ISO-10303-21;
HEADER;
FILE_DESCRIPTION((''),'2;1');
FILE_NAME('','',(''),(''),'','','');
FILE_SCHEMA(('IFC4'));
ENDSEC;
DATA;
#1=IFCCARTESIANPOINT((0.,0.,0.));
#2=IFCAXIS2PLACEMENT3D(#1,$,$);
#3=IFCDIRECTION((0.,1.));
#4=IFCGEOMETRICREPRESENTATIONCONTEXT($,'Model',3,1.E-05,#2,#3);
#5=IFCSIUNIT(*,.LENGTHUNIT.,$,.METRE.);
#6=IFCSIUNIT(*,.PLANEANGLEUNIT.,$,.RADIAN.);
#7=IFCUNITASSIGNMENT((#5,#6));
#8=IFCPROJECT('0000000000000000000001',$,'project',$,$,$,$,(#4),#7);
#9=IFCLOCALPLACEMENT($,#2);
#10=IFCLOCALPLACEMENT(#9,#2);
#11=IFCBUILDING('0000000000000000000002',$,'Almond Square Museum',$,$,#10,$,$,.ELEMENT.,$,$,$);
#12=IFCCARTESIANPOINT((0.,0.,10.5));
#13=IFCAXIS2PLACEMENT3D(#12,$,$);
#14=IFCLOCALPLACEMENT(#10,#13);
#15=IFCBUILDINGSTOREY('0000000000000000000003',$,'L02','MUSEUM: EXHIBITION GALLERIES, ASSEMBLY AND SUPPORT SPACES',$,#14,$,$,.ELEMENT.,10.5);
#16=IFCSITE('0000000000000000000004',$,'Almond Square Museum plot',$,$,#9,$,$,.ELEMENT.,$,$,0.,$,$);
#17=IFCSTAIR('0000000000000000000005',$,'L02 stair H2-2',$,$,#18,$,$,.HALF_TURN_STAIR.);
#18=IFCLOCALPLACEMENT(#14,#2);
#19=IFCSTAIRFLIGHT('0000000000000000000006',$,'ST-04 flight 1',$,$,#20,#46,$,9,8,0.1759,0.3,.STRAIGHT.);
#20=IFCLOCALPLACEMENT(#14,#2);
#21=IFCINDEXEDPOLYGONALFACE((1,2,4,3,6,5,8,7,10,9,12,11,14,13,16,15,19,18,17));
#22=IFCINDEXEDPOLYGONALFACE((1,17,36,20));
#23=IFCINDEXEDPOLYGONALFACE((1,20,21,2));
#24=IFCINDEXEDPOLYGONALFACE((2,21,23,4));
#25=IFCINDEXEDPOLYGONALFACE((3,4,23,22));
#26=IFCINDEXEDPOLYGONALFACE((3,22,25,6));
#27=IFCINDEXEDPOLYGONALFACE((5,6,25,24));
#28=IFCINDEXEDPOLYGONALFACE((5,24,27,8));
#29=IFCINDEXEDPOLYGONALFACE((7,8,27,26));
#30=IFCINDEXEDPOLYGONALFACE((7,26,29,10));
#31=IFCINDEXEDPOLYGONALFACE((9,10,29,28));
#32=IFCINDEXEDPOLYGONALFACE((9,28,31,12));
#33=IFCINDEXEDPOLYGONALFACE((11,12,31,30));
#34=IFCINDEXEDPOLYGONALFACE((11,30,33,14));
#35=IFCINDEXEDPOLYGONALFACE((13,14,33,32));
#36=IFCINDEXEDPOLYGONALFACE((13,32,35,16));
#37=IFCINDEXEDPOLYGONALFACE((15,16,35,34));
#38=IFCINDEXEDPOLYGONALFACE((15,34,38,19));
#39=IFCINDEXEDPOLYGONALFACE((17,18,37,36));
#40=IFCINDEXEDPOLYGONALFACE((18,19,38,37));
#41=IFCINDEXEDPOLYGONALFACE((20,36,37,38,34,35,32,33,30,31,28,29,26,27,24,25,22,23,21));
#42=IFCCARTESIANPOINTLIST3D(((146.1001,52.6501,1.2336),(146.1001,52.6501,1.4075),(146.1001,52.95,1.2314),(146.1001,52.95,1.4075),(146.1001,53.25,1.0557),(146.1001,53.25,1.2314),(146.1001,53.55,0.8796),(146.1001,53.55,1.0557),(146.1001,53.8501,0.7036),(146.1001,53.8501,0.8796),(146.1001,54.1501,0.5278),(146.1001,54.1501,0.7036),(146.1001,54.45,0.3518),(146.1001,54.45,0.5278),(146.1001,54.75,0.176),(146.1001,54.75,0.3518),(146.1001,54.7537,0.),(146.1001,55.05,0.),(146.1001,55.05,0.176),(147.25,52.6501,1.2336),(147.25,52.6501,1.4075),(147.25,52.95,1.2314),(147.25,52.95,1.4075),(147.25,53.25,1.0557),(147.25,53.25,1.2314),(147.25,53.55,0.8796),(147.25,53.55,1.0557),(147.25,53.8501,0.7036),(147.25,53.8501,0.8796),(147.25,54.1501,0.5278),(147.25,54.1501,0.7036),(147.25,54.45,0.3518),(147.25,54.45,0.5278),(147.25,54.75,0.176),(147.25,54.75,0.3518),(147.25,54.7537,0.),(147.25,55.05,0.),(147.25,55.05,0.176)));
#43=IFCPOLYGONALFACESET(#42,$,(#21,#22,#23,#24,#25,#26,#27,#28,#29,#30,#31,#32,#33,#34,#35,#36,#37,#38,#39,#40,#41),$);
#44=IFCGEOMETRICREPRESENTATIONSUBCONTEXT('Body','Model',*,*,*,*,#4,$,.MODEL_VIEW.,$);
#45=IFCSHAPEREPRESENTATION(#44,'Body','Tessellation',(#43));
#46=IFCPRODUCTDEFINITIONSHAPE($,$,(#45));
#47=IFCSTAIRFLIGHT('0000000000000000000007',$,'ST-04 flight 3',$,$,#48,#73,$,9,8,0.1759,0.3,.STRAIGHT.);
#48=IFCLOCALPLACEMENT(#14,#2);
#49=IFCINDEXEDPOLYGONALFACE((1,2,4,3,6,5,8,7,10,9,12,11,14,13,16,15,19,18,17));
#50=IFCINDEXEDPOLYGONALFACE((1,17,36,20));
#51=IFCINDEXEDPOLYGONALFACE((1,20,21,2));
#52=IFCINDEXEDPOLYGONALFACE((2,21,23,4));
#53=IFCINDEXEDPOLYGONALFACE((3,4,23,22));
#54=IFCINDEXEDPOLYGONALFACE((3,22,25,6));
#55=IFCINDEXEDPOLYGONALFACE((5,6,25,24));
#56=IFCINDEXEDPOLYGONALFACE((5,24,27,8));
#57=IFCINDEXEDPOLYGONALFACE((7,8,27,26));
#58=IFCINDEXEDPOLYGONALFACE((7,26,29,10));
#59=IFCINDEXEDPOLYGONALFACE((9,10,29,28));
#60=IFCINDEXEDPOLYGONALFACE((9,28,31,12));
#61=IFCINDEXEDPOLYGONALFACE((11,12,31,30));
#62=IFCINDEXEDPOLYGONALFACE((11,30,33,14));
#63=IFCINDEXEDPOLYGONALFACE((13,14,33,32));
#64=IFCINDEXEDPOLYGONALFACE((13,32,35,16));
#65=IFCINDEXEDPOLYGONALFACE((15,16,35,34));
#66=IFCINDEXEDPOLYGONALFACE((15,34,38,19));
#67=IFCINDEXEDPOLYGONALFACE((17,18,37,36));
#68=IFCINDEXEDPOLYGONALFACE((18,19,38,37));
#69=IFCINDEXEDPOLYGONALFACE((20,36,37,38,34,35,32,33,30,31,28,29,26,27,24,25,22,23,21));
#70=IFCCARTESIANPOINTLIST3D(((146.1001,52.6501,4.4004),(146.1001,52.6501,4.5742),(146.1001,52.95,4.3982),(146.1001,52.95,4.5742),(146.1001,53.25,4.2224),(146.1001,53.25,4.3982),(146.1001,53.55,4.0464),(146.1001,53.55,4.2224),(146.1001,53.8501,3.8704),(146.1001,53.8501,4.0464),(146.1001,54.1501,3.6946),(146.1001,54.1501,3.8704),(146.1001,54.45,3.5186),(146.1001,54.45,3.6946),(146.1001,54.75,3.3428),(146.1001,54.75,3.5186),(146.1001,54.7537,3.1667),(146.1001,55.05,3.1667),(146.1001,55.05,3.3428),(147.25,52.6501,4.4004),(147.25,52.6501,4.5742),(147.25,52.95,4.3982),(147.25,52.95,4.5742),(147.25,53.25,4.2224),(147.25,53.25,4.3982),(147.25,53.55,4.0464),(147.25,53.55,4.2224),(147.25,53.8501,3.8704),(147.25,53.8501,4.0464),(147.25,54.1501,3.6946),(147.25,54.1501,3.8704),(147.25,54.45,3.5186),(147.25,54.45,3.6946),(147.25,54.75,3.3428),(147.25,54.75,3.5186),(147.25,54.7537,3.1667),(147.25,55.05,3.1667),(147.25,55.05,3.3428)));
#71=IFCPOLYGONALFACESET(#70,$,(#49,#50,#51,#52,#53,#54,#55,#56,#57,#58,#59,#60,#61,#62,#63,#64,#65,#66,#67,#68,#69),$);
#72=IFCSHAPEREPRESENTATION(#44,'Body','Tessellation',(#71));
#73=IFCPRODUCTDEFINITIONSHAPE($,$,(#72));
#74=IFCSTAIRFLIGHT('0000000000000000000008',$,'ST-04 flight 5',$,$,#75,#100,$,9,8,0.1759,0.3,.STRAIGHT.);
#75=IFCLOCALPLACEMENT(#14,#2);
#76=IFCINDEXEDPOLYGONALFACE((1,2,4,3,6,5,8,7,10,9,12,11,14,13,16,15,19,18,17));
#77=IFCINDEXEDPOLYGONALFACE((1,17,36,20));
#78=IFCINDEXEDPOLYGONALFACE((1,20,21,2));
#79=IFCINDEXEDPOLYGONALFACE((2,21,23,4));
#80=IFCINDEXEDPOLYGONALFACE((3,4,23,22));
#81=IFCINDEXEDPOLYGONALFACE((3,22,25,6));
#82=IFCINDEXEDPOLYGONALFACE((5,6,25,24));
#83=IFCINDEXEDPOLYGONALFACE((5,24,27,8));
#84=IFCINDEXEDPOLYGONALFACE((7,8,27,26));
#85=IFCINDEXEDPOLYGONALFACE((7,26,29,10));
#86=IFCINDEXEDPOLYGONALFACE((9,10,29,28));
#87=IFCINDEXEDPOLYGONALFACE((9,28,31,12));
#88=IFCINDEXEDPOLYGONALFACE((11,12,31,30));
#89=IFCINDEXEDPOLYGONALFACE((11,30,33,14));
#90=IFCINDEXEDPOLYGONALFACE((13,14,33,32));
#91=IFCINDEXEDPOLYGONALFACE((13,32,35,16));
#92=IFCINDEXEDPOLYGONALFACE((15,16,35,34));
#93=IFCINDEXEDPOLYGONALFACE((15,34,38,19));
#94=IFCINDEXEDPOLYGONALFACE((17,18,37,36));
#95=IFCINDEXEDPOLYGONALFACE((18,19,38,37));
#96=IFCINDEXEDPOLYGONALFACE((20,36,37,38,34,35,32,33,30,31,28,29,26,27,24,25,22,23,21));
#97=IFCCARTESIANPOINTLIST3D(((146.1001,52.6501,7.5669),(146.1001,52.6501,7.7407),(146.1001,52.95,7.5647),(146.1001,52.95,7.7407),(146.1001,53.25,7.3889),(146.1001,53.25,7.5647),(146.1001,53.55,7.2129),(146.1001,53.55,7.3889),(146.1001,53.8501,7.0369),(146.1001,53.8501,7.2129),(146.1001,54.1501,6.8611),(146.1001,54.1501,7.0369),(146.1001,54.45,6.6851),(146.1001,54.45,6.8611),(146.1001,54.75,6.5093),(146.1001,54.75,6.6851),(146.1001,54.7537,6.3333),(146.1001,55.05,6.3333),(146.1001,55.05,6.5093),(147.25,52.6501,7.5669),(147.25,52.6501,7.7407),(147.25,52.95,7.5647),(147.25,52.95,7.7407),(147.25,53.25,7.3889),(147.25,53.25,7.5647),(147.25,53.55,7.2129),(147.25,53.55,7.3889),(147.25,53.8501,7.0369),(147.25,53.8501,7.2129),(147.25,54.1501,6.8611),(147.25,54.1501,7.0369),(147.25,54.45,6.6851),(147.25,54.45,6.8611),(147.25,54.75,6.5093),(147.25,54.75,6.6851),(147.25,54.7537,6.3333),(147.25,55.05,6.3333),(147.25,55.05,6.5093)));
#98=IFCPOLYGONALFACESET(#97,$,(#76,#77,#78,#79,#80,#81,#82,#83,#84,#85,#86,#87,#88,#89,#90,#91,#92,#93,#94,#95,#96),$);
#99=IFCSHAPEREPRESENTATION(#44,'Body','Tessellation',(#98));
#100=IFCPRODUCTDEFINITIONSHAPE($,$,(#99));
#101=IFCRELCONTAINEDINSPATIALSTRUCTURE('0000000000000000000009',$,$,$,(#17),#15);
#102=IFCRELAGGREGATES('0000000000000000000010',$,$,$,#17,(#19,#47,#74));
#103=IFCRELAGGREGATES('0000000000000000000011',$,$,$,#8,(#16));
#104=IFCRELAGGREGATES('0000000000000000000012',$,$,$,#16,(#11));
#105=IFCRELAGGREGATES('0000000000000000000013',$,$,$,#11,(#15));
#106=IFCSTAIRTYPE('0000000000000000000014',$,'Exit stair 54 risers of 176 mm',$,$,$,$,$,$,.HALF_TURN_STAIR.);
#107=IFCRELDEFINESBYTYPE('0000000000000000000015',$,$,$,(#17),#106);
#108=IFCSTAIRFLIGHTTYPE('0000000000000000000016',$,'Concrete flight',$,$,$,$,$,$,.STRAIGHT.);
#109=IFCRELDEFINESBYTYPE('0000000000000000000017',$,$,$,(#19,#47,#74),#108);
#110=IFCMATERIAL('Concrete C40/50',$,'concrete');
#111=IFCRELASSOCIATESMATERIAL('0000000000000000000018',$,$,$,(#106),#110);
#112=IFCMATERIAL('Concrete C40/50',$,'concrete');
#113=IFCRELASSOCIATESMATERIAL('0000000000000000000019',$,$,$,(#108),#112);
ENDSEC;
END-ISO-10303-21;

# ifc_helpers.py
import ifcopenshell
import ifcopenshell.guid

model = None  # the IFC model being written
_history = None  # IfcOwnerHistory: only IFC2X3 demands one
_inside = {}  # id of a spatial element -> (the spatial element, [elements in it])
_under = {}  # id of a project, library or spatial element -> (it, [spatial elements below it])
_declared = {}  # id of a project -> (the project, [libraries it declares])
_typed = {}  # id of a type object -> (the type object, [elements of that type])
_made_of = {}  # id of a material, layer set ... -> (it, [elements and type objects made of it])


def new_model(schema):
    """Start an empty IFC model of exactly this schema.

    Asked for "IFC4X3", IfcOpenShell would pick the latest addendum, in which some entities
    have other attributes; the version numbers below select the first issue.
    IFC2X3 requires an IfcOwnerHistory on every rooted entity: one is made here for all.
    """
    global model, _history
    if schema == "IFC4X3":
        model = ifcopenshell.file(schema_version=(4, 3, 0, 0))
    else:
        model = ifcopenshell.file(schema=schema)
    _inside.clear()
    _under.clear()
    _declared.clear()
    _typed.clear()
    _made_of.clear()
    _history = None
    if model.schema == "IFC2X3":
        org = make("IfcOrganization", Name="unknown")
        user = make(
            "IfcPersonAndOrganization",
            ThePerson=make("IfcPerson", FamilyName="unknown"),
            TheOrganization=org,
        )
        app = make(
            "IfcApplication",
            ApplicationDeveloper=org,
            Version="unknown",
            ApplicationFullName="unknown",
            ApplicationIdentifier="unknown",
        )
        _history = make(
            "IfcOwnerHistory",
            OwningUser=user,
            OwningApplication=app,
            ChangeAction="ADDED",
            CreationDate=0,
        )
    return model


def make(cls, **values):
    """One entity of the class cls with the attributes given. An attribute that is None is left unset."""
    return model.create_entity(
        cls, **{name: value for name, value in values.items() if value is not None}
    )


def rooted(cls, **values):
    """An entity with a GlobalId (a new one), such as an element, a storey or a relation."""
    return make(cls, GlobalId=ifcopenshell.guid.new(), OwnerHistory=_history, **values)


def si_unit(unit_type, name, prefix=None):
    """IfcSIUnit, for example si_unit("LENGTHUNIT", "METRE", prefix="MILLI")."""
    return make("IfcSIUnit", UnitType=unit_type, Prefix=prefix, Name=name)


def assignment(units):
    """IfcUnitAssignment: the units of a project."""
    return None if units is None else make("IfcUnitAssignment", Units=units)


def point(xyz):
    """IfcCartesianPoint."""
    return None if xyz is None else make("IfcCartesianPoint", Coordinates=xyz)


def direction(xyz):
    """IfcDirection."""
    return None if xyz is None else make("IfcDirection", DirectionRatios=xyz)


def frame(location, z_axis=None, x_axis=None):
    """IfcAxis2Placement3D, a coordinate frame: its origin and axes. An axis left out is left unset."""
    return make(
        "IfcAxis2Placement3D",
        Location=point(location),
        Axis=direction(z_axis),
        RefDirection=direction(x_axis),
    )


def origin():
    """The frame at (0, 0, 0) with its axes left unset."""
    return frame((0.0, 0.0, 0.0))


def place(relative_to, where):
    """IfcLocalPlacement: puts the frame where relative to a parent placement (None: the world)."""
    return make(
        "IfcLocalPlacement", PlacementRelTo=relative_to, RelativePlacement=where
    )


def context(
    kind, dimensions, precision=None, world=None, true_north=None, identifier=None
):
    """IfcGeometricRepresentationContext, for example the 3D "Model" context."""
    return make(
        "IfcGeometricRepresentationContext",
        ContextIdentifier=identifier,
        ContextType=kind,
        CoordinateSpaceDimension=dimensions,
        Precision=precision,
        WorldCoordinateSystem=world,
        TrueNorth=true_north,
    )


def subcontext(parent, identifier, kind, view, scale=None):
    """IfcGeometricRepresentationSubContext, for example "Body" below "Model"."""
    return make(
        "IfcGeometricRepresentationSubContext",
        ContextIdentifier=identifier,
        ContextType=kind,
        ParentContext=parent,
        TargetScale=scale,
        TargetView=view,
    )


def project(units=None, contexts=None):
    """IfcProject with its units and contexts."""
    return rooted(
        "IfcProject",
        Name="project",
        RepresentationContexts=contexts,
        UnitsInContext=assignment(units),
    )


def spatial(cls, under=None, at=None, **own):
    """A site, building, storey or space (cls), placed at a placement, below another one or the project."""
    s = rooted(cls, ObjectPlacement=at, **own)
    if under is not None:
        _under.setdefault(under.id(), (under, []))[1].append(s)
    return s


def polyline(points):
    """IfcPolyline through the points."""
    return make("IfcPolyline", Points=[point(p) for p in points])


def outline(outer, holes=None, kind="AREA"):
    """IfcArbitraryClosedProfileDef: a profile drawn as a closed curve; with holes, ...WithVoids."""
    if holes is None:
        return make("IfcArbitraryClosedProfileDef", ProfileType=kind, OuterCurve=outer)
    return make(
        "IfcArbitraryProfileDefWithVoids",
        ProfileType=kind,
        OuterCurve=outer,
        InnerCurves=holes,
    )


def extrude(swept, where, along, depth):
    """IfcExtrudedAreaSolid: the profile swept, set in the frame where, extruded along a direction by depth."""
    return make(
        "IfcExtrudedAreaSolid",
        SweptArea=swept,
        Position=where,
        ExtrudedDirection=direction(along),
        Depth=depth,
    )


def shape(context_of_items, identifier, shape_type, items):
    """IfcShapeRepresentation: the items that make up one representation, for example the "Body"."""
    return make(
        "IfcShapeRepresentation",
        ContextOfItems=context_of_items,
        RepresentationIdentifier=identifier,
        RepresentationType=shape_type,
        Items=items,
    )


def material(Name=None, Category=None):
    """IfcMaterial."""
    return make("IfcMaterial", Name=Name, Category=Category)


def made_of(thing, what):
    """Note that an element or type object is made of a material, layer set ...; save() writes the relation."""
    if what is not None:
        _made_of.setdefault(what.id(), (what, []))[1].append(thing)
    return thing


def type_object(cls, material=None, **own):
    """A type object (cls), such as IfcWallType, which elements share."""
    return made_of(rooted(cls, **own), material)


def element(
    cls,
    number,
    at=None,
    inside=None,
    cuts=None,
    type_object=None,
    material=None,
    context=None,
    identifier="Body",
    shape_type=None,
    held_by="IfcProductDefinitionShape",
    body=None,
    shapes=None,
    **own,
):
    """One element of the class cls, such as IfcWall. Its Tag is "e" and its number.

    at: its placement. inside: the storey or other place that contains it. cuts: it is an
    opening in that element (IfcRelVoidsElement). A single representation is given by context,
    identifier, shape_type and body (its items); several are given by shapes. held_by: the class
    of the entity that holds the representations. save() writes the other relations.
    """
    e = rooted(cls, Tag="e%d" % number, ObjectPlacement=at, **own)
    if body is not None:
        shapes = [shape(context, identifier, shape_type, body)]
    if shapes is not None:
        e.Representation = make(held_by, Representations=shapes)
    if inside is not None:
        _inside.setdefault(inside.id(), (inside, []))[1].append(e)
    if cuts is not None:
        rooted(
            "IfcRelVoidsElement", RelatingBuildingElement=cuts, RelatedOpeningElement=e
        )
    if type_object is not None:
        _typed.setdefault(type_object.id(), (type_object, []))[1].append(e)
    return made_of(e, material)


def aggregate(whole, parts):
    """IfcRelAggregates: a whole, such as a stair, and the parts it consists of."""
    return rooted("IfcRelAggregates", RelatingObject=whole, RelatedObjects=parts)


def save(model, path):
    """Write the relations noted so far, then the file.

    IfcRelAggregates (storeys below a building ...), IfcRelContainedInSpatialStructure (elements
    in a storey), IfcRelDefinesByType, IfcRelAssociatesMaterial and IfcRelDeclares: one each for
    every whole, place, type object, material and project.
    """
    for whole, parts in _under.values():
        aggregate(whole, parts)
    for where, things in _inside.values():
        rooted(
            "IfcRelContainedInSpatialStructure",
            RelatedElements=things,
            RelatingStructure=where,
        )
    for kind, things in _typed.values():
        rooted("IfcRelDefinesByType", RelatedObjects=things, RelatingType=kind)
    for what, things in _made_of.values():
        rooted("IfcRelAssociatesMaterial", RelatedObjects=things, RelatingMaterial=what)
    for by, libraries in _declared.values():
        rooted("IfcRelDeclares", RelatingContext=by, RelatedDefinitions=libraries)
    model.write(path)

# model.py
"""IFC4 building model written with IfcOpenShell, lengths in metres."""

from ifc_helpers import new_model, si_unit, direction, frame, origin, place, context, subcontext, project, spatial, polyline, outline, extrude, material, type_object, element, aggregate, save


model = new_model("IFC4")

# Units and contexts
model_context = context("Model", 3, precision=1e-05, world=origin(), true_north=direction((0.0, 1.0)))
body_context = subcontext(model_context, "Body", "Model", "MODEL_VIEW")
ifc_project = project(units=[si_unit("LENGTHUNIT", "METRE"), si_unit("PLANEANGLEUNIT", "RADIAN")], contexts=[model_context])

# Site, building, storey
site_placement = place(None, origin())
site = spatial("IfcSite", under=ifc_project, at=site_placement, Name="Almond Square Museum plot", CompositionType="ELEMENT", RefElevation=0.0)
building_placement = place(site_placement, origin())
building = spatial("IfcBuilding", under=site, at=building_placement, Name="Almond Square Museum", CompositionType="ELEMENT")
storey_placement = place(building_placement, frame((0.0, 0.0, 10.5)))
storey = spatial("IfcBuildingStorey", under=building, at=storey_placement, Name="L02", Description="MUSEUM: EXHIBITION GALLERIES, ASSEMBLY AND SUPPORT SPACES", CompositionType="ELEMENT", Elevation=10.5)

# Stair, stair flights
ifc_material_1 = material(Name="Concrete C40/50", Category="concrete")
stair_type = type_object("IfcStairType", Name="Exit stair 54 risers of 176 mm", PredefinedType="HALF_TURN_STAIR", material=ifc_material_1)
stair_placement = place(storey_placement, origin())
stair = element("IfcStair", 1, at=stair_placement, inside=storey, type_object=stair_type, Name="L02 stair H2-2", PredefinedType="HALF_TURN_STAIR")
ifc_material_2 = material(Name="Concrete C40/50", Category="concrete")
stair_flight_type = type_object("IfcStairFlightType", Name="Concrete flight", PredefinedType="STRAIGHT", material=ifc_material_2)
stair_flight_1_placement = place(storey_placement, frame((146.675, 55.05, 0.0), z_axis=(0.0, 0.0, 1.0), x_axis=(0.0, -1.0, 0.0)))
stair_flight_1 = element("IfcStairFlight", 2, at=stair_flight_1_placement, type_object=stair_flight_type, Name="ST-04 flight 1", NumberOfRisers=9, NumberOfTreads=8, PredefinedType="STRAIGHT", RiserHeight=0.1759, TreadLength=0.3, context=body_context, shape_type="SweptSolid", body=[
    extrude(outline(polyline([(0.0, 0.0), (0.0, 0.176), (0.3, 0.176), (0.3, 0.3518), (0.6001, 0.3518), (0.6001, 0.5278), (0.8999, 0.5278), (0.8999, 0.7036), (1.2, 0.7036), (1.2, 0.8796), (1.5, 0.8796), (1.5, 1.0557), (1.8, 1.0557), (1.8, 1.2314), (2.1001, 1.2314), (2.1001, 1.4075), (2.3999, 1.4075), (2.3999, 1.5833), (2.3999, 1.2336), (0.2964, 0.0), (0.0, 0.0)])), frame((0.0, 0.575, 0.0), z_axis=(0.0, -1.0, 0.0), x_axis=(1.0, 0.0, 0.0)), (0.0, 0.0, 1.0), 1.1499),
])
stair_flight_2_placement = place(storey_placement, frame((146.675, 55.05, 3.1667), z_axis=(0.0, 0.0, 1.0), x_axis=(0.0, -1.0, 0.0)))
stair_flight_2 = element("IfcStairFlight", 3, at=stair_flight_2_placement, type_object=stair_flight_type, Name="ST-04 flight 3", NumberOfRisers=9, NumberOfTreads=8, PredefinedType="STRAIGHT", RiserHeight=0.1759, TreadLength=0.3, context=body_context, shape_type="SweptSolid", body=[
    extrude(outline(polyline([(0.0, 0.0), (0.0, 0.176), (0.3, 0.176), (0.3, 0.3518), (0.6001, 0.3518), (0.6001, 0.5278), (0.8999, 0.5278), (0.8999, 0.7036), (1.2, 0.7036), (1.2, 0.8796), (1.5, 0.8796), (1.5, 1.0557), (1.8, 1.0557), (1.8, 1.2314), (2.1001, 1.2314), (2.1001, 1.4075), (2.3999, 1.4075), (2.3999, 1.5833), (2.3999, 1.2336), (0.2964, 0.0), (0.0, 0.0)])), frame((0.0, 0.575, 0.0), z_axis=(0.0, -1.0, 0.0), x_axis=(1.0, 0.0, 0.0)), (0.0, 0.0, 1.0), 1.1499),
])
stair_flight_3_placement = place(storey_placement, frame((146.675, 55.05, 6.3333), z_axis=(0.0, 0.0, 1.0), x_axis=(0.0, -1.0, 0.0)))
stair_flight_3 = element("IfcStairFlight", 4, at=stair_flight_3_placement, type_object=stair_flight_type, Name="ST-04 flight 5", NumberOfRisers=9, NumberOfTreads=8, PredefinedType="STRAIGHT", RiserHeight=0.1759, TreadLength=0.3, context=body_context, shape_type="SweptSolid", body=[
    extrude(outline(polyline([(0.0, 0.0), (0.0, 0.176), (0.3, 0.176), (0.3, 0.3518), (0.6001, 0.3518), (0.6001, 0.5278), (0.8999, 0.5278), (0.8999, 0.7036), (1.2, 0.7036), (1.2, 0.8796), (1.5, 0.8796), (1.5, 1.0557), (1.8, 1.0557), (1.8, 1.2314), (2.1001, 1.2314), (2.1001, 1.4075), (2.3999, 1.4075), (2.3999, 1.5833), (2.3999, 1.2336), (0.2964, 0.0), (0.0, 0.0)])), frame((0.0, 0.575, 0.0), z_axis=(0.0, -1.0, 0.0), x_axis=(1.0, 0.0, 0.0)), (0.0, 0.0, 1.0), 1.1499),
])
aggregate(stair, [stair_flight_1, stair_flight_2, stair_flight_3])

save(model, "model.ifc")
